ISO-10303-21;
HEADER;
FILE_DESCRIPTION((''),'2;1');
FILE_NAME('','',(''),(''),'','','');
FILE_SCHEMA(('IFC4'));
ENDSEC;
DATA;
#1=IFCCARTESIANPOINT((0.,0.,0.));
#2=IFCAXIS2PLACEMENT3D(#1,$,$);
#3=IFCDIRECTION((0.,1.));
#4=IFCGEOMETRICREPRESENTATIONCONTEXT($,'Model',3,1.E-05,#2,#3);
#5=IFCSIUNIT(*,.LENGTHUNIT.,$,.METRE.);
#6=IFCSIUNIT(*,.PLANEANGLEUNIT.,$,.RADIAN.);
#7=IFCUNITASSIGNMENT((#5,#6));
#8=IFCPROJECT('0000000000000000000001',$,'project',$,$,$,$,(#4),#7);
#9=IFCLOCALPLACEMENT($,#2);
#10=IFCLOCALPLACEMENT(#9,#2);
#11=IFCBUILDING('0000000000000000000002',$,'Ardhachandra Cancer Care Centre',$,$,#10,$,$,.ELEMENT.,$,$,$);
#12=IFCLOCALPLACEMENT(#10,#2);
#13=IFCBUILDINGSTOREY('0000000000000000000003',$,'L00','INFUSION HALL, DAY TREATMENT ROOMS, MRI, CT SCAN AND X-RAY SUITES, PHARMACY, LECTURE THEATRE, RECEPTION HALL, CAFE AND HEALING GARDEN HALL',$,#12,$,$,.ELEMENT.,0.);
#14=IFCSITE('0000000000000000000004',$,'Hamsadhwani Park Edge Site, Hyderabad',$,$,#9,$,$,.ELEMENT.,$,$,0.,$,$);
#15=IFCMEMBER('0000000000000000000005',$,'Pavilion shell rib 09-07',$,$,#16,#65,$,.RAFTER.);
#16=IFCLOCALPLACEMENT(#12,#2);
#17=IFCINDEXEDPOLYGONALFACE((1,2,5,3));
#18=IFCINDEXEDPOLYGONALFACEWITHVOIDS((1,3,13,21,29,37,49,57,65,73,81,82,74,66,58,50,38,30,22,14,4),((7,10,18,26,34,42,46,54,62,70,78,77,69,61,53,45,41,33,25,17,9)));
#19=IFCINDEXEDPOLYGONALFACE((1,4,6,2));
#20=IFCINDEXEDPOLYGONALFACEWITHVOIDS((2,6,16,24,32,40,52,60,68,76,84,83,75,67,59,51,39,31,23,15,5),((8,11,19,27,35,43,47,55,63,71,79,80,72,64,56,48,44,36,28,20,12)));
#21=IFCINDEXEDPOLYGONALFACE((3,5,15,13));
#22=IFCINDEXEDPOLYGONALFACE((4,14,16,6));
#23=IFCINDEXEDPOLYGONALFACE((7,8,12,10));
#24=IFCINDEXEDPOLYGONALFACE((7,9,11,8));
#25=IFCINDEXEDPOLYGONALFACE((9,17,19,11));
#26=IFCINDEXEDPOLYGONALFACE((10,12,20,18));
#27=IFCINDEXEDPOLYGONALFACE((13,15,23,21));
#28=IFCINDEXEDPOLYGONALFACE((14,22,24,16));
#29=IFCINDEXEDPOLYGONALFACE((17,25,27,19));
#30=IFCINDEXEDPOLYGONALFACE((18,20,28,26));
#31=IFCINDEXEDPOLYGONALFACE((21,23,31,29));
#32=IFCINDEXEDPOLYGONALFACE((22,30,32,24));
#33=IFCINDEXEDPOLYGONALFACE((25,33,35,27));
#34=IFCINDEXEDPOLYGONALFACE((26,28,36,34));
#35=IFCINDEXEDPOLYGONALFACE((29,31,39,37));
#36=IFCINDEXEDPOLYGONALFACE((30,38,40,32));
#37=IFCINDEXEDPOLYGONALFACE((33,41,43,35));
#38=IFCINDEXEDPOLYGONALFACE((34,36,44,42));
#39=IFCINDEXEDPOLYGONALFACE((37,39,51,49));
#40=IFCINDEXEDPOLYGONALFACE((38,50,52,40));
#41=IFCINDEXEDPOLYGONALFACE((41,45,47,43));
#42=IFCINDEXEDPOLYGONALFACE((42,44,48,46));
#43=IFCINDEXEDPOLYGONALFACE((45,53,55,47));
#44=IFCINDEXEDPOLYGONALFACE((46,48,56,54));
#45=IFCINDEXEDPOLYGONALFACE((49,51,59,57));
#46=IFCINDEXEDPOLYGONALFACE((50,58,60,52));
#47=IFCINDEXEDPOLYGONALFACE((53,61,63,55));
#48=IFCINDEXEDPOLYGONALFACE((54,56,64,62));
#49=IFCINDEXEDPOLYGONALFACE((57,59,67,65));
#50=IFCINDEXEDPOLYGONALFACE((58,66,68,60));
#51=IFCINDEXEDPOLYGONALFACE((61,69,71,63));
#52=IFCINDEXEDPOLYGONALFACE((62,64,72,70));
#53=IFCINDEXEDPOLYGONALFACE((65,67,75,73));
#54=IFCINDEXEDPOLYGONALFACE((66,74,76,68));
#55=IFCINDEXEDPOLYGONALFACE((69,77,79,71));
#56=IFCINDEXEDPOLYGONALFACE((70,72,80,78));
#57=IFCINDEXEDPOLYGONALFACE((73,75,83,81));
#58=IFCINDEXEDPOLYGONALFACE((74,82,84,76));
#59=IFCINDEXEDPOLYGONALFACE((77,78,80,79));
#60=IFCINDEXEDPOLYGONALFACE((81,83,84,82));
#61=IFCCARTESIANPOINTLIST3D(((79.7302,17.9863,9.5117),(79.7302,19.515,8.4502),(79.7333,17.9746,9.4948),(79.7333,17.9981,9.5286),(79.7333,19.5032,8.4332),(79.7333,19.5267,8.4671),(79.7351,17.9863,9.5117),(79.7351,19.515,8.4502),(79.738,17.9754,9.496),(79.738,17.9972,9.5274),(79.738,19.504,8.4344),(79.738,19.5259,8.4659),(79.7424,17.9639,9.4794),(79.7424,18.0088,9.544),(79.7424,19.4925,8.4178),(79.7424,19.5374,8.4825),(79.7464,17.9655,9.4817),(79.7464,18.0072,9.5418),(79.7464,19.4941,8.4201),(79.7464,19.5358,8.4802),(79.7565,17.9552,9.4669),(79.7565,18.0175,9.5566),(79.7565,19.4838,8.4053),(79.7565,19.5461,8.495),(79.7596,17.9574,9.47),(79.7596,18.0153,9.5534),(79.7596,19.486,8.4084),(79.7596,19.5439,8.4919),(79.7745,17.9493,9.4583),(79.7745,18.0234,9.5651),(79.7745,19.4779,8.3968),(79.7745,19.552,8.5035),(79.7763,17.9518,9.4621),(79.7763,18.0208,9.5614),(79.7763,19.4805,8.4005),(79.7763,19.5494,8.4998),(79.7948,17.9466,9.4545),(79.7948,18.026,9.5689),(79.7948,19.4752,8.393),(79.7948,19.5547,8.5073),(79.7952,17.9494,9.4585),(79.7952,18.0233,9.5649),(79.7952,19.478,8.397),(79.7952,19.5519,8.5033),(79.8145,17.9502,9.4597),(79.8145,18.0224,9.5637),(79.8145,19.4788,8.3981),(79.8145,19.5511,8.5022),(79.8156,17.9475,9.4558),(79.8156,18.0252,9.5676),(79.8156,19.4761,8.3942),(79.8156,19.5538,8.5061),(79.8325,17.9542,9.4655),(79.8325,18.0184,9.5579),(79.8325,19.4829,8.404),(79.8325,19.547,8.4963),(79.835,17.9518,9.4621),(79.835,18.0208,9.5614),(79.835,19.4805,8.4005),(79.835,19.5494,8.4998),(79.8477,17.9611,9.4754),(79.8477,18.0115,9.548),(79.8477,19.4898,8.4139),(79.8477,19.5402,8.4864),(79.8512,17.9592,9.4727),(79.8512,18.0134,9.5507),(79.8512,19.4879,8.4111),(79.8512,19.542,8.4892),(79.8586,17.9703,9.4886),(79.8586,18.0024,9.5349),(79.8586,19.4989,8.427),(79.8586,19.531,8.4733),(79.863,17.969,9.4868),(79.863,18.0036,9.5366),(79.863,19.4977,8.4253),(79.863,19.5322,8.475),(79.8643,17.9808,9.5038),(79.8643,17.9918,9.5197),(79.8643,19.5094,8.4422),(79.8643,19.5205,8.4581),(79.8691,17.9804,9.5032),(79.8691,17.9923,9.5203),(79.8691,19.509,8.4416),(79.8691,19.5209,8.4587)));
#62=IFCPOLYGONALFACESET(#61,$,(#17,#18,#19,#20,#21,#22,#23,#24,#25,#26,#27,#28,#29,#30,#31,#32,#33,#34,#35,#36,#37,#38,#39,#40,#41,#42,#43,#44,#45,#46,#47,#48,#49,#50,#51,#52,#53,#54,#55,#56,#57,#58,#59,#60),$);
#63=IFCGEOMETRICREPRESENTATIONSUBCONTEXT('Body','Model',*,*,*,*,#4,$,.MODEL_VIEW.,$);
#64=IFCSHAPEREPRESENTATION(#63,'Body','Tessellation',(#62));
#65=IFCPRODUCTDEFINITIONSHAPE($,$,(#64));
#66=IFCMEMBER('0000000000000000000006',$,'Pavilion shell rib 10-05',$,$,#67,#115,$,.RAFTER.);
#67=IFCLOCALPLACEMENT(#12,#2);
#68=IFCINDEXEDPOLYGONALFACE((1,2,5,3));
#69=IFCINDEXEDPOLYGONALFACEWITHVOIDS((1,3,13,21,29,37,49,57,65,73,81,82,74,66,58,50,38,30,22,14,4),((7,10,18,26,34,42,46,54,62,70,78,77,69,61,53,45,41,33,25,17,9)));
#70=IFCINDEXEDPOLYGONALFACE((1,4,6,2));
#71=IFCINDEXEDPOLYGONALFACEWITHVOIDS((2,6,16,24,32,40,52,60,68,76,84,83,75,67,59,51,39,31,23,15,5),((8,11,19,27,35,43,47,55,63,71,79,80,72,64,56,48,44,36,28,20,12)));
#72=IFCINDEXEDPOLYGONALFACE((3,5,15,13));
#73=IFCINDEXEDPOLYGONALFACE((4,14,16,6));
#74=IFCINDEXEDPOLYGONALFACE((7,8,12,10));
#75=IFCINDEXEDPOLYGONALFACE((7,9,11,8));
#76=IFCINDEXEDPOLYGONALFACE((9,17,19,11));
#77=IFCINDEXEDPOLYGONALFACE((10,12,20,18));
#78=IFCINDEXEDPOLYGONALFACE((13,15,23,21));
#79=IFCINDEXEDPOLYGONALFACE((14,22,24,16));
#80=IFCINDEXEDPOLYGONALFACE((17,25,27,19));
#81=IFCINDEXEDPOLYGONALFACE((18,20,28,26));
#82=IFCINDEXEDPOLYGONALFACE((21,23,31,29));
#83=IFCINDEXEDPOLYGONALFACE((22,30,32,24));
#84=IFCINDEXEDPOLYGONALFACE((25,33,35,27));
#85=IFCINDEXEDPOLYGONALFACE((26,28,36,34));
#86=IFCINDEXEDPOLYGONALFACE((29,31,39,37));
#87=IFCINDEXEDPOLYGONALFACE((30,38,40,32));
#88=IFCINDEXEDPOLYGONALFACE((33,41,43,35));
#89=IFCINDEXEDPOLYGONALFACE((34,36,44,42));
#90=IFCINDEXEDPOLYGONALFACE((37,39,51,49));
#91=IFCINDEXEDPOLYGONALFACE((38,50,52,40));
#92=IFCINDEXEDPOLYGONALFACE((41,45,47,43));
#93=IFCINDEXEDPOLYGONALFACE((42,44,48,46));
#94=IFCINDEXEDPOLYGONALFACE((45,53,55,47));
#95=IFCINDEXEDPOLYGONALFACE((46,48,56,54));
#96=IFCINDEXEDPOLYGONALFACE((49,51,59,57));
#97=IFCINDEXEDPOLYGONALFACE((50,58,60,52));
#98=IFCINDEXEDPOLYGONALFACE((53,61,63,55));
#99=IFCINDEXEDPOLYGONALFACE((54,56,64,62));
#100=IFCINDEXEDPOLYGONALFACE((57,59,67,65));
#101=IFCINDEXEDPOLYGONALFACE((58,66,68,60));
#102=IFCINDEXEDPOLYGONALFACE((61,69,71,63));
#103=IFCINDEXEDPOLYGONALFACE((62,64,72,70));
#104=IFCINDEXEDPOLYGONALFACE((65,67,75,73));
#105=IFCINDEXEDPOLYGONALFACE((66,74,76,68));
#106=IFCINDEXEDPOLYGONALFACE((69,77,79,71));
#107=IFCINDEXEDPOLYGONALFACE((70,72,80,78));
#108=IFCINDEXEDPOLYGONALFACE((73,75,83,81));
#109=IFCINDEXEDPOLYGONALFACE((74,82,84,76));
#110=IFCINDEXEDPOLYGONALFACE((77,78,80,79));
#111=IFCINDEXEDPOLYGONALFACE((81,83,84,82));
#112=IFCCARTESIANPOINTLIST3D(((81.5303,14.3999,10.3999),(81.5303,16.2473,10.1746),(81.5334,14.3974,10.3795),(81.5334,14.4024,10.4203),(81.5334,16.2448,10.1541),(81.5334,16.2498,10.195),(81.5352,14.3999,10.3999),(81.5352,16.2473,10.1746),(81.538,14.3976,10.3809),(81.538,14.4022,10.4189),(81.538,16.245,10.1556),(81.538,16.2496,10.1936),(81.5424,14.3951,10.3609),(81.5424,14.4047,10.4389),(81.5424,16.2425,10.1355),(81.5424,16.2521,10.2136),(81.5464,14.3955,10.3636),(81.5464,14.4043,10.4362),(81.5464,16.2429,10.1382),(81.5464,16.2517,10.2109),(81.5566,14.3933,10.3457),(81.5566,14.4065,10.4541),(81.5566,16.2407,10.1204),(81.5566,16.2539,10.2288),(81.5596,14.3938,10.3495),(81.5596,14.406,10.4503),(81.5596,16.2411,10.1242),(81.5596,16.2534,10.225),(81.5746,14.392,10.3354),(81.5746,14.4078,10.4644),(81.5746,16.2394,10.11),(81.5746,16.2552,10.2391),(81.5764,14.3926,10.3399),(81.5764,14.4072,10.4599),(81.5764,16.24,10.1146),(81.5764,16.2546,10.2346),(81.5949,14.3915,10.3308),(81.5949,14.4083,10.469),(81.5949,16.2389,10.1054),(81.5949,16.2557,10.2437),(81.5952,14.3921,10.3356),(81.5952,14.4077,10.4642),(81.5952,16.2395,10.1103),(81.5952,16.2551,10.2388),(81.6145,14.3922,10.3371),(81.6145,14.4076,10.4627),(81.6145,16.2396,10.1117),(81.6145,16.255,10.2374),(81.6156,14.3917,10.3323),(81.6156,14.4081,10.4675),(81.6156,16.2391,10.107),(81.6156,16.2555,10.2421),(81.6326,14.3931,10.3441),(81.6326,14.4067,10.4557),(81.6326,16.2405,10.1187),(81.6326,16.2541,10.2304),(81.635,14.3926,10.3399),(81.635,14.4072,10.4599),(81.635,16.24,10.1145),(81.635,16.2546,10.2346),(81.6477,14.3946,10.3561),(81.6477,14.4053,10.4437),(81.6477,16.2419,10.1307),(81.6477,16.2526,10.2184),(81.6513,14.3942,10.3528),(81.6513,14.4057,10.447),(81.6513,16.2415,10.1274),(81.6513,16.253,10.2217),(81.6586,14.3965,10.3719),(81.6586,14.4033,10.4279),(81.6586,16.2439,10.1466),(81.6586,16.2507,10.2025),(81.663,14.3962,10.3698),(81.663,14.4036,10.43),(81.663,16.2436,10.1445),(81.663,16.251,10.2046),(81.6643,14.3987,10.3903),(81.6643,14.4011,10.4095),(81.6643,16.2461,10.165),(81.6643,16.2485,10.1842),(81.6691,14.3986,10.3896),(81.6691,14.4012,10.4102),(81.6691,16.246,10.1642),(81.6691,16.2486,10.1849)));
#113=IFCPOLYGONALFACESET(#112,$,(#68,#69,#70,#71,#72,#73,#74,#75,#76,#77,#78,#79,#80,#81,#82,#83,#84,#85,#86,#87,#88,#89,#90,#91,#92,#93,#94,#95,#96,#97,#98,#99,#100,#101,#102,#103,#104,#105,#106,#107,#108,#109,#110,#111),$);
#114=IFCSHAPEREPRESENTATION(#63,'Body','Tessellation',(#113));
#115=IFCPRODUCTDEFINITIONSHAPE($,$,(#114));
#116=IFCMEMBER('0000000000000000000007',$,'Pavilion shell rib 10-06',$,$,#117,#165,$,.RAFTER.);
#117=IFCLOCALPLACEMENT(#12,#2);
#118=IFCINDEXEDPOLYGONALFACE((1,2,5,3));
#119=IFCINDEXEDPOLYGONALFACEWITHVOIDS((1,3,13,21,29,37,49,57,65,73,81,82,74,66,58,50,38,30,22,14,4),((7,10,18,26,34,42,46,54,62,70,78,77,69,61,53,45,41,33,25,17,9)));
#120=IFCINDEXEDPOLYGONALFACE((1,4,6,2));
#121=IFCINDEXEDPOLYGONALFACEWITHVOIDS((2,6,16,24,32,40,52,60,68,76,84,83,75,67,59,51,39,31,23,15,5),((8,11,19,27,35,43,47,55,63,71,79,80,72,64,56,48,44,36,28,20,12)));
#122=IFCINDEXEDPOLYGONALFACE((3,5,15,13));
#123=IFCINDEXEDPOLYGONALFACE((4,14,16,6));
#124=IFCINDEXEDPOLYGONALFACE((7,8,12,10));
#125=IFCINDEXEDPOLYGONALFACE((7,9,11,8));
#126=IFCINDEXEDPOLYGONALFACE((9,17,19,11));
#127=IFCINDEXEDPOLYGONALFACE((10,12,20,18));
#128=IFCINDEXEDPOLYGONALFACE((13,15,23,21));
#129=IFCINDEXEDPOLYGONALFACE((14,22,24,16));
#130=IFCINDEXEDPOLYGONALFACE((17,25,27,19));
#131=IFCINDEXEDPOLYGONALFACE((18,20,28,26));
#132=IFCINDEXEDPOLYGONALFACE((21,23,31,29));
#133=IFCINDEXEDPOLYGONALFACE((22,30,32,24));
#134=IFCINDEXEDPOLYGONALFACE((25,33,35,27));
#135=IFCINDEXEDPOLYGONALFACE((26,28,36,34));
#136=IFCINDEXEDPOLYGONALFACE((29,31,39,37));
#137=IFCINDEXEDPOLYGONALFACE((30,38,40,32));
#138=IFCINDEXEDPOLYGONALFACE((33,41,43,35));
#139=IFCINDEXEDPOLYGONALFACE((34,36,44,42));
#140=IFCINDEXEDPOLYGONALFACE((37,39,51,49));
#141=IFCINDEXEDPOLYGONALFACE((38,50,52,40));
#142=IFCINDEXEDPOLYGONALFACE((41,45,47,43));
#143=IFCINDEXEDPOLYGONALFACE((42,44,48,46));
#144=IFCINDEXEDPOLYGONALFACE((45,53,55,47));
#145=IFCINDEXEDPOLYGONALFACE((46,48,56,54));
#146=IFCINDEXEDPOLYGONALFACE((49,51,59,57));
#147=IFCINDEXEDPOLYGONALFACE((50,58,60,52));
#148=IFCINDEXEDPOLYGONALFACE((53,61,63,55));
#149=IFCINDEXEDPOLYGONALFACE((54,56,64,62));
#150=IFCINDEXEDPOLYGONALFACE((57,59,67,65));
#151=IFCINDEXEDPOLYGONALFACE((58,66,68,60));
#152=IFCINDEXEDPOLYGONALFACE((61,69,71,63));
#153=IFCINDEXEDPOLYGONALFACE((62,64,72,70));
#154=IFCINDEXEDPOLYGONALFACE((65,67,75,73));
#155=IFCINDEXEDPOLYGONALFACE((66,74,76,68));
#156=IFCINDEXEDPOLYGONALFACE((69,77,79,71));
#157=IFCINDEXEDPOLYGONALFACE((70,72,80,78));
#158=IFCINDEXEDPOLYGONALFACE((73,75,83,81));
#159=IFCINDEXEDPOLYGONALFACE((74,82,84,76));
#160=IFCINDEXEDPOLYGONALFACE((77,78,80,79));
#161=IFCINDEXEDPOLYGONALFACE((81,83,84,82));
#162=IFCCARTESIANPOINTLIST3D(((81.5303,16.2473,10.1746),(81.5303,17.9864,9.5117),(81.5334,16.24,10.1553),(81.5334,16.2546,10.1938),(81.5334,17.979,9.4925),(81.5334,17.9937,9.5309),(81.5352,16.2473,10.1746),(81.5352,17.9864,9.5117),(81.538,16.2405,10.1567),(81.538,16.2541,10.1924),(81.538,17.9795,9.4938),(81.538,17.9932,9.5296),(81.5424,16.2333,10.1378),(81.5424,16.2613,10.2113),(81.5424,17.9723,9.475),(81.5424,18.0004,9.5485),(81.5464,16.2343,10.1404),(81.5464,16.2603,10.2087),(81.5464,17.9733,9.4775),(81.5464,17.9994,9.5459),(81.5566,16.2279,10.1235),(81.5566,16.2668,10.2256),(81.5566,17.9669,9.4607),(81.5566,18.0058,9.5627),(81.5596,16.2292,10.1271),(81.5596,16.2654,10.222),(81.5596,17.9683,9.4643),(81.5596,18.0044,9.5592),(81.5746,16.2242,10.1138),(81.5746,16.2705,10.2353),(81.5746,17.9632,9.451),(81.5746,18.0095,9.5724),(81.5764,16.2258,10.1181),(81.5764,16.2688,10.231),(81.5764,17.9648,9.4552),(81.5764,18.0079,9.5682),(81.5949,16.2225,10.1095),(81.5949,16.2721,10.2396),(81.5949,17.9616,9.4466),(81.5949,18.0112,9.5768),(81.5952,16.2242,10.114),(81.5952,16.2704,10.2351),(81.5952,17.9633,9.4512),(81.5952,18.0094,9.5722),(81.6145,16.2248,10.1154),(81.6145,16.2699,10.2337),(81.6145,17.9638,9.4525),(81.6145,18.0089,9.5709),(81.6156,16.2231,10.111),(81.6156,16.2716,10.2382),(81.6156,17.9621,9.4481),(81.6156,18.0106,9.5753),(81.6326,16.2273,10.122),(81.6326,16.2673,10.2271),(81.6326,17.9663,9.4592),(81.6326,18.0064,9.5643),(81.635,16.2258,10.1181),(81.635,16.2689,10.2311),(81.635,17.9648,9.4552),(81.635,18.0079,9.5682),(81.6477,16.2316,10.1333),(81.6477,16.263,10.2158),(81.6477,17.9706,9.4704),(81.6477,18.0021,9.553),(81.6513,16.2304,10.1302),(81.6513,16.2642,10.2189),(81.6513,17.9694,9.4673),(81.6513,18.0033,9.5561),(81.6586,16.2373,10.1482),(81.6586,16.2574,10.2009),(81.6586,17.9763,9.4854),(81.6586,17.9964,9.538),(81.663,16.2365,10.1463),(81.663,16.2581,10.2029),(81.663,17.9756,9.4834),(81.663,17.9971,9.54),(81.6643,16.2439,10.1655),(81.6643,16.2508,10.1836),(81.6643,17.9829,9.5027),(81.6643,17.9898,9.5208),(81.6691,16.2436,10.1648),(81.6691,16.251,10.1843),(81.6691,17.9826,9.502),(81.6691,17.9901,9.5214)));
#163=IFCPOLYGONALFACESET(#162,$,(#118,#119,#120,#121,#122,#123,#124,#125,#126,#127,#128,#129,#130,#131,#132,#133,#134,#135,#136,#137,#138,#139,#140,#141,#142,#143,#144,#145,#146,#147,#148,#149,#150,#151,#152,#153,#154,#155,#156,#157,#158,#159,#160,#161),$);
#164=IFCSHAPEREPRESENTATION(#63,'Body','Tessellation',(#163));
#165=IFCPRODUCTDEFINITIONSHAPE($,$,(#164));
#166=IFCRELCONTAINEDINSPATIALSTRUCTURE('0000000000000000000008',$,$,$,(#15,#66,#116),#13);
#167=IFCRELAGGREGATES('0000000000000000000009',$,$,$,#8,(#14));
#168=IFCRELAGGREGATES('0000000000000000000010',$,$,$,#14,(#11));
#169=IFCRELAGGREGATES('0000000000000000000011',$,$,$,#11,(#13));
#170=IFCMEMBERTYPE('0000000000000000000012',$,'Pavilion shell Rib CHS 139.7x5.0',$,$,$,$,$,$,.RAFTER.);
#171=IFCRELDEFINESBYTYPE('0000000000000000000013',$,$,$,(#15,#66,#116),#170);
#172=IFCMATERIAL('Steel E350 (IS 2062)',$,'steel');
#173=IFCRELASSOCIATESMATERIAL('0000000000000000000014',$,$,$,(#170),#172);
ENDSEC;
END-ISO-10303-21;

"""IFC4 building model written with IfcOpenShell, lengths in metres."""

from ifc_helpers import new_model, si_unit, direction, frame, origin, origin_2d, place, context, subcontext, project, spatial, hollow_circle, extrude, material, material_profile, profile_set, type_object, element, save


model = new_model("IFC4")

# Units and contexts
model_context = context("Model", 3, precision=1e-05, world=origin(), true_north=direction((0.0, 1.0)))
body_context = subcontext(model_context, "Body", "Model", "MODEL_VIEW")
ifc_project = project(units=[si_unit("LENGTHUNIT", "METRE"), si_unit("PLANEANGLEUNIT", "RADIAN")], contexts=[model_context])

# Site, building, storey
site_placement = place(None, origin())
site = spatial("IfcSite", under=ifc_project, at=site_placement, Name="Hamsadhwani Park Edge Site, Hyderabad", CompositionType="ELEMENT", RefElevation=0.0)
building_placement = place(site_placement, origin())
building = spatial("IfcBuilding", under=site, at=building_placement, Name="Ardhachandra Cancer Care Centre", CompositionType="ELEMENT")
storey_placement = place(building_placement, origin())
storey = spatial("IfcBuildingStorey", under=building, at=storey_placement, Name="L00", Description="INFUSION HALL, DAY TREATMENT ROOMS, MRI, CT SCAN AND X-RAY SUITES, PHARMACY, LECTURE THEATRE, RECEPTION HALL, CAFE AND HEALING GARDEN HALL", CompositionType="ELEMENT", Elevation=0.0)

# Members
ifc_material_1 = material(Name="Steel E350 (IS 2062)", Category="steel")
ifc_material_profile_1 = material_profile(ifc_material_1, hollow_circle(Radius=0.0698, WallThickness=0.0049, at=origin_2d()), Name="CHS 139.7x5.0")
ifc_profile_set_1 = profile_set([ifc_material_profile_1], Name="Steel E350 (IS 2062)")
member_type_1 = type_object("IfcMemberType", Name="Pavilion shell Rib CHS 139.7x5.0", PredefinedType="RAFTER", material=ifc_profile_set_1)
for number, where, z_axis, x_axis, name in (
    (1, (79.8, 17.9863, 9.5117), (0.0, 0.821365, -0.570403), (-1.0, 0.0, 0.0), "Pavilion shell rib 09-07"),
    (2, (81.6001, 14.3999, 10.3999), (0.0, 0.992643, -0.12108), (-1.0, 0.0, 0.0), "Pavilion shell rib 10-05"),
    (3, (81.6001, 16.2473, 10.1746), (0.0, 0.934423, -0.356164), (-1.0, 0.0, 0.0), "Pavilion shell rib 10-06"),
):
    element("IfcMember", number, at=place(storey_placement, frame(where, z_axis=z_axis, x_axis=x_axis)), inside=storey, type_object=member_type_1, Name=name, PredefinedType="RAFTER", context=body_context, shape_type="SweptSolid", body=[
        extrude(hollow_circle(Radius=0.0698, WallThickness=0.0049, at=origin_2d()), origin(), (0.0, 0.0, 1.0), 1.8611),
    ])

save(model, "model.ifc")
